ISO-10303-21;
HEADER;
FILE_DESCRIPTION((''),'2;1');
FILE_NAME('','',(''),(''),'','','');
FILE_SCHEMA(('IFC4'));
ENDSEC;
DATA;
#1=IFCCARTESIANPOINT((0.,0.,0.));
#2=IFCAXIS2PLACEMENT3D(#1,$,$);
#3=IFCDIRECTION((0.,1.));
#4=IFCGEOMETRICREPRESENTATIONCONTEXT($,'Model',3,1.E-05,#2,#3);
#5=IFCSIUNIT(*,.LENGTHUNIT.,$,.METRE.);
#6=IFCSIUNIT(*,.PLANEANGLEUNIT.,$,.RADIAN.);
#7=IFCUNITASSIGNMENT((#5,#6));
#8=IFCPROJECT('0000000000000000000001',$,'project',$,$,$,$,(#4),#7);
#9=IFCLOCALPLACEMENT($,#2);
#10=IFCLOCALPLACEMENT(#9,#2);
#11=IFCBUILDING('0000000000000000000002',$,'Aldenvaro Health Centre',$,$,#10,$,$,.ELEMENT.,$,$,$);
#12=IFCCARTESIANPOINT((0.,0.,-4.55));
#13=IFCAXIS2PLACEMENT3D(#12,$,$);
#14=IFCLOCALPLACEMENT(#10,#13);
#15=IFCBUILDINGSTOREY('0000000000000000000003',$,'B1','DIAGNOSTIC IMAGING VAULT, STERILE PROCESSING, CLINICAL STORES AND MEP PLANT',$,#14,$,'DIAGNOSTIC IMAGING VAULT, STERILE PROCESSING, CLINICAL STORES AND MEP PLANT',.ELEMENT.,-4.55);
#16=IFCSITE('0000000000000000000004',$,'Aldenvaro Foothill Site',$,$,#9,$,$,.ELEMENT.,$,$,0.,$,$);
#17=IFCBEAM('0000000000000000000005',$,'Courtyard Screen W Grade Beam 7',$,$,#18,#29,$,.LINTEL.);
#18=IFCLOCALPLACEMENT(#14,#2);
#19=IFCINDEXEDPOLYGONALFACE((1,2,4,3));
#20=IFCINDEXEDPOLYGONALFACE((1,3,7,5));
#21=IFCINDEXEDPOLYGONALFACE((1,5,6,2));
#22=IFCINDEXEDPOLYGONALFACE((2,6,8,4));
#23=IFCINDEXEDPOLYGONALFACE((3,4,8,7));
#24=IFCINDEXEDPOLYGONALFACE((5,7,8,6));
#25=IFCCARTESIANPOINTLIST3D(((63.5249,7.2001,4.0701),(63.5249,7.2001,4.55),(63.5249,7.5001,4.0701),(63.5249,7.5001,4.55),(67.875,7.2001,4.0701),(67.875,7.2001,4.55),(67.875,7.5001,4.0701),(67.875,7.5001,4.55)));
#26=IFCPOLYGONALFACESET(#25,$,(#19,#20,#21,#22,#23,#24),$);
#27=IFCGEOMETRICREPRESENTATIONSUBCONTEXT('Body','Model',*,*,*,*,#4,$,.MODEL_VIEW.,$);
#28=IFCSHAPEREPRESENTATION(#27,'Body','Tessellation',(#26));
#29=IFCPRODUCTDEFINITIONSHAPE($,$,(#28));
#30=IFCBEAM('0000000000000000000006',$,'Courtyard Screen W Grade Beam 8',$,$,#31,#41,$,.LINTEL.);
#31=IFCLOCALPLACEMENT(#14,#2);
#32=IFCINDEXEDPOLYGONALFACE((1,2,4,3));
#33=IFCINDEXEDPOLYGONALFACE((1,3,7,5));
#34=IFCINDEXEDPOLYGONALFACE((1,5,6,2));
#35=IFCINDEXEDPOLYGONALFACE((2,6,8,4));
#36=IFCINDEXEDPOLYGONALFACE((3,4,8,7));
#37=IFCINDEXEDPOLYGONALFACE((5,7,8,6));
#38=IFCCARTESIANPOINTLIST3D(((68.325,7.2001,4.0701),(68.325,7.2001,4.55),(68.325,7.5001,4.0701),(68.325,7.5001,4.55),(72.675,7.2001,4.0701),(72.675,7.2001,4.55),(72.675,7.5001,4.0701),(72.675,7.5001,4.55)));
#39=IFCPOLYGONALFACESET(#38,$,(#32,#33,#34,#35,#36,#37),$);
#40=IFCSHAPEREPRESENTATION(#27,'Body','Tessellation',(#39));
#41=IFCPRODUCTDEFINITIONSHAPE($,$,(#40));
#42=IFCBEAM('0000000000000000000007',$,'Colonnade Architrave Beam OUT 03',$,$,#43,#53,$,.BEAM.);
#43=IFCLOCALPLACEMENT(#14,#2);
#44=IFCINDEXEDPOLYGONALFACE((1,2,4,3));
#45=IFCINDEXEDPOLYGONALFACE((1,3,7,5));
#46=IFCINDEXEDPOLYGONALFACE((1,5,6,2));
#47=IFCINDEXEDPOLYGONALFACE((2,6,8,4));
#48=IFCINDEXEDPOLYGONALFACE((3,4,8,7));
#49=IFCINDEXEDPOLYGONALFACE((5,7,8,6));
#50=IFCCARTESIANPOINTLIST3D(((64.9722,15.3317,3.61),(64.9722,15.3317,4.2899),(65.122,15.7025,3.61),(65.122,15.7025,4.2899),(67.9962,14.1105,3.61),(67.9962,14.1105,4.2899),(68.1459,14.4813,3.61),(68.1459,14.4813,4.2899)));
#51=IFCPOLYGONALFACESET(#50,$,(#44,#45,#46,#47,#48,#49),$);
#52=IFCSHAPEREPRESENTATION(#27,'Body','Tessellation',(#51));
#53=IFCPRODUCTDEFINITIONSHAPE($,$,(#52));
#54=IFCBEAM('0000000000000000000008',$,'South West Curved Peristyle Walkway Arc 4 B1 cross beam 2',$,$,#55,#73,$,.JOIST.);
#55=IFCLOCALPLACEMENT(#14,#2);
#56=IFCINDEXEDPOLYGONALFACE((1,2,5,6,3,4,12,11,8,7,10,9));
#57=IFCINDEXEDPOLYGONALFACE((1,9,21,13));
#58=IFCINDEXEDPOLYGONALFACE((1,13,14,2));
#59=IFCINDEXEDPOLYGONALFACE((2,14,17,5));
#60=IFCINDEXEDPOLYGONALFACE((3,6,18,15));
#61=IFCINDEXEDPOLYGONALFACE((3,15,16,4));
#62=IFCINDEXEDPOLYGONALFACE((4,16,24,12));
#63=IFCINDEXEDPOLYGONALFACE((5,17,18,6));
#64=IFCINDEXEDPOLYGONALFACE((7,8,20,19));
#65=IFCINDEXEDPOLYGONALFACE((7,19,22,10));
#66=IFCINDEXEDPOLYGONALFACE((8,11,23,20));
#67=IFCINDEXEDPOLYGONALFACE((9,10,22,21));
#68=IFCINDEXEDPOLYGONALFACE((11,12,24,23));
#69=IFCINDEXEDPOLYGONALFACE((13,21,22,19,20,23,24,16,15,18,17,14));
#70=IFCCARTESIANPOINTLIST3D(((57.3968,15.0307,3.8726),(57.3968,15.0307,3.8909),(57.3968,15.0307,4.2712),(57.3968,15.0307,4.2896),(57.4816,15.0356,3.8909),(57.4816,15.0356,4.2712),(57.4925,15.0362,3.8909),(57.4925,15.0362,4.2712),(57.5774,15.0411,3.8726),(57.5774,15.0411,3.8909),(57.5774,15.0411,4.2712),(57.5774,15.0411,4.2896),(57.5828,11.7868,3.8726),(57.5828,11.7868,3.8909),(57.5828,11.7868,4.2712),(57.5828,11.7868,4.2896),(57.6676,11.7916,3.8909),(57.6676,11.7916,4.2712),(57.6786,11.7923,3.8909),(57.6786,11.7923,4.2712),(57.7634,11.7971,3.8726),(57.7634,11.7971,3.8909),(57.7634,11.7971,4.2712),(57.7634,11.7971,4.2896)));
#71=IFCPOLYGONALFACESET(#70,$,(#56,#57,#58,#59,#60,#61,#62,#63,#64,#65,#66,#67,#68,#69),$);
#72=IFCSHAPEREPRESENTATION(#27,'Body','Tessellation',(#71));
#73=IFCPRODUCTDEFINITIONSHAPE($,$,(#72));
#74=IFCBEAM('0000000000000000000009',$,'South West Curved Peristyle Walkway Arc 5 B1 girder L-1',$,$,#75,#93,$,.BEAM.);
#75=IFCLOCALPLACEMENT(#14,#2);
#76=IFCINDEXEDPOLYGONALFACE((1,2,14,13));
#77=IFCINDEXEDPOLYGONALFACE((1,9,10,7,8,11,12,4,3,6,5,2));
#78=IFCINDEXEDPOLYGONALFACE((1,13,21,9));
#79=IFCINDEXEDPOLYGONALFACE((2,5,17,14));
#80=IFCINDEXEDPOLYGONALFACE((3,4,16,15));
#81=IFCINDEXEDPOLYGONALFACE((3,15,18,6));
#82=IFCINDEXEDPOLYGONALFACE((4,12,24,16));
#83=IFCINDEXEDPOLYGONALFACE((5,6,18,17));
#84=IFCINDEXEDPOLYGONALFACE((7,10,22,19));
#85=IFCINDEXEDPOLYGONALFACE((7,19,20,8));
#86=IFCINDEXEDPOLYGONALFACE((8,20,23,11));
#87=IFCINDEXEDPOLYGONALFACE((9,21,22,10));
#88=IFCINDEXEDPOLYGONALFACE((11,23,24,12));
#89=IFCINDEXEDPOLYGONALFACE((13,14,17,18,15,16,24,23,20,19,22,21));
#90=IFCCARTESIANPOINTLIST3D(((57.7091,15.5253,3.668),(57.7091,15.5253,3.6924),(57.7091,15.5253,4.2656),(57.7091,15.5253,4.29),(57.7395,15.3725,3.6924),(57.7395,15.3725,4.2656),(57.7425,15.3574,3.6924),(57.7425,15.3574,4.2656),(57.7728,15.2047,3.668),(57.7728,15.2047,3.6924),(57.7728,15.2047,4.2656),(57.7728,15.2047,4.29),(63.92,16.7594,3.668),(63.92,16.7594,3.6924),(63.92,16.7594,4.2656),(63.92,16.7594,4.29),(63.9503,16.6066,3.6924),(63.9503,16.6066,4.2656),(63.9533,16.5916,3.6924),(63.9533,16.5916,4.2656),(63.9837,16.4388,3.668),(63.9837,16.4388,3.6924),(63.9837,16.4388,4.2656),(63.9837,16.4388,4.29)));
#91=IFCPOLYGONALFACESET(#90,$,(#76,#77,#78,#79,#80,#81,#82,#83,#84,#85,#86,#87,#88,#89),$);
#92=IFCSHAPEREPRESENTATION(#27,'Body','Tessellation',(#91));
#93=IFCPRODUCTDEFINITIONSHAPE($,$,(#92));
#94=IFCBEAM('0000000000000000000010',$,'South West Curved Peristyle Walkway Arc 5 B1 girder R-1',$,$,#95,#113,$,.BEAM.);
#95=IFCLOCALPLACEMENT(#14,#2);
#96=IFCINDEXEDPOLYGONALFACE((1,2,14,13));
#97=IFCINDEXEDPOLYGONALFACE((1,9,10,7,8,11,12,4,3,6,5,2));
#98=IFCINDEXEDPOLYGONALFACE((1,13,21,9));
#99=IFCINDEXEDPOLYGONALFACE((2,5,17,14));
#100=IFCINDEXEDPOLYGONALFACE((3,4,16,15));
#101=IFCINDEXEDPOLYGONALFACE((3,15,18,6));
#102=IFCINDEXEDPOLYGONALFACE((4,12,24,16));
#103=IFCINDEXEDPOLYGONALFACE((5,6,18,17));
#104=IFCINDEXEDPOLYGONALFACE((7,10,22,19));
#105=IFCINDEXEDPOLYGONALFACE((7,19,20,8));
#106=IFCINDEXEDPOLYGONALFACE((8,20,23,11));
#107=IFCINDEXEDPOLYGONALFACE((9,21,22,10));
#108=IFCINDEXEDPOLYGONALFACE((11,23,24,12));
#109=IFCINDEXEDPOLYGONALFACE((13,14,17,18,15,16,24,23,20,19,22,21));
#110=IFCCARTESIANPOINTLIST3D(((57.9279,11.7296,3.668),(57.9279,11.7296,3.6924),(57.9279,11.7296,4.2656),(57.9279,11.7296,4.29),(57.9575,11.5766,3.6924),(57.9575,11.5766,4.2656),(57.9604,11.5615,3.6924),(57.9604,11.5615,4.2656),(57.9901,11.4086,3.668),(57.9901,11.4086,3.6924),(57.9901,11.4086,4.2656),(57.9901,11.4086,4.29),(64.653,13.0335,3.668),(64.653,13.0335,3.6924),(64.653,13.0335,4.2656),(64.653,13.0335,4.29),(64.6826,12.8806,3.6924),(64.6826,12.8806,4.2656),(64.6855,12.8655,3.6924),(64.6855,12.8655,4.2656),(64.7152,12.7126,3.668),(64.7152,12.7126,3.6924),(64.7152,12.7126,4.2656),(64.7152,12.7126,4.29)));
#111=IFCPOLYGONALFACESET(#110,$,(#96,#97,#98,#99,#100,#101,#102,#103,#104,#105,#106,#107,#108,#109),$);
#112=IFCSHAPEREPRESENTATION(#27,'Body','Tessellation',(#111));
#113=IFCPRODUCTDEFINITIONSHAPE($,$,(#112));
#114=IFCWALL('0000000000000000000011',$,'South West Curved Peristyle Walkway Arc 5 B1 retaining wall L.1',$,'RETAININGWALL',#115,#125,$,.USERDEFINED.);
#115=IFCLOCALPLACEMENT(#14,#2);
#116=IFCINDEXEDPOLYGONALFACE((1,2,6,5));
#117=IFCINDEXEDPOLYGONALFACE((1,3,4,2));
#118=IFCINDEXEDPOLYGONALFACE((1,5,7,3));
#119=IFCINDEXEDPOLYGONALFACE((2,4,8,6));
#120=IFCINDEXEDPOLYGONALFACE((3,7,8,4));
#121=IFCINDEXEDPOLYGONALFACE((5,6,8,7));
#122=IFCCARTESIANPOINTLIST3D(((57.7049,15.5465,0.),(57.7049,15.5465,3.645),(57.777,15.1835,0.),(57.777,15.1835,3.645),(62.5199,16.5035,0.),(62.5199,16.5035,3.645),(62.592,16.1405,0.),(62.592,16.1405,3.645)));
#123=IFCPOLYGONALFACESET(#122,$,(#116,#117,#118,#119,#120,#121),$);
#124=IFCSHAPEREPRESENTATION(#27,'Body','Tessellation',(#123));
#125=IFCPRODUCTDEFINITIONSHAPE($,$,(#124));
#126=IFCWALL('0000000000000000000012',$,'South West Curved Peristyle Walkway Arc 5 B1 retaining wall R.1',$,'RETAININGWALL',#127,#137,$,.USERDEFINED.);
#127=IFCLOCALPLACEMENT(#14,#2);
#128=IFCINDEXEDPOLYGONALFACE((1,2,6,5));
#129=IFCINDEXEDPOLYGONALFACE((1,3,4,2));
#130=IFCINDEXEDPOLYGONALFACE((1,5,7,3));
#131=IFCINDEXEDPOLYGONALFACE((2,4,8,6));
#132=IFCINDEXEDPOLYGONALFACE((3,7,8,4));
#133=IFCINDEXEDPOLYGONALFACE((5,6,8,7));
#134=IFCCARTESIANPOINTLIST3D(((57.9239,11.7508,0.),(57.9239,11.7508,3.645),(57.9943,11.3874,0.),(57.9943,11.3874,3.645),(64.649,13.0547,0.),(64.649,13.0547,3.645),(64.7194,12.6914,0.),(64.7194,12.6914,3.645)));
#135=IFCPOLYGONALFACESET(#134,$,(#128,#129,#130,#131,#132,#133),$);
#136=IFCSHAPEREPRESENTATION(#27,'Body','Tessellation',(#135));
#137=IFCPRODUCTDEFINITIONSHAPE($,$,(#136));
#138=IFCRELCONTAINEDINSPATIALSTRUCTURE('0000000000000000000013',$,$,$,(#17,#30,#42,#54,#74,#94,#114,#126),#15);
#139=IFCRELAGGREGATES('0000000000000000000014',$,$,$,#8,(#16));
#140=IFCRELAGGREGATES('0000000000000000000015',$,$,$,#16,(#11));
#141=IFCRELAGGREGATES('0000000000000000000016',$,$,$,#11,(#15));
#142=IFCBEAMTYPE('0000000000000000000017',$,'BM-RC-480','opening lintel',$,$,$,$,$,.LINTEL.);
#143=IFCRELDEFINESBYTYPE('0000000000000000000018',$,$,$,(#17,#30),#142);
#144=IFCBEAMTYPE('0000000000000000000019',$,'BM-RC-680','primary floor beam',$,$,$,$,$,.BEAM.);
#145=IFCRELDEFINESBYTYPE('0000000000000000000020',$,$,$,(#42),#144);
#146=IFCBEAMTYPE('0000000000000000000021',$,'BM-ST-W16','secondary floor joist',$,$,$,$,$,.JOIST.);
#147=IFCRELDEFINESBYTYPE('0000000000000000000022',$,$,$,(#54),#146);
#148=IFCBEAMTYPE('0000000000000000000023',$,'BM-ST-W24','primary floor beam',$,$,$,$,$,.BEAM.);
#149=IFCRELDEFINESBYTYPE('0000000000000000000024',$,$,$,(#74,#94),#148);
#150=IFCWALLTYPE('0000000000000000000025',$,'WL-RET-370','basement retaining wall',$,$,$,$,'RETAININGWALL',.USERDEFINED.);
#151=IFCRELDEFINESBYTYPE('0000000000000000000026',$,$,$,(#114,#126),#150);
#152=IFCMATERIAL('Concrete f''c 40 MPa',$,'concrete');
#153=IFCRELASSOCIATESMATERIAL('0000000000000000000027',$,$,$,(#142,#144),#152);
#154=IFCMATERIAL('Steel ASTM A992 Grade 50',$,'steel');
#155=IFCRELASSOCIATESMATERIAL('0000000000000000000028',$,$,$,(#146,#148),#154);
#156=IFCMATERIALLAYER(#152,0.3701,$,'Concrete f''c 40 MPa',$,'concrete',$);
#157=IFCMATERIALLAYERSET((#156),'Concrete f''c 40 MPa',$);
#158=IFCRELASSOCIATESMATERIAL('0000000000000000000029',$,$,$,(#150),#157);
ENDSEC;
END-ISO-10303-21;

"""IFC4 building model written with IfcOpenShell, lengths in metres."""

from ifc_helpers import new_model, si_unit, direction, frame, frame_2d, origin, origin_2d, place, context, subcontext, project, spatial, rectangle, i_section, extrude, material, layer, layer_set, material_profile, profile_set, type_object, element, save


model = new_model("IFC4")

# Units and contexts
model_context = context("Model", 3, precision=1e-05, world=origin(), true_north=direction((0.0, 1.0)))
body_context = subcontext(model_context, "Body", "Model", "MODEL_VIEW")
ifc_project = project(units=[si_unit("LENGTHUNIT", "METRE"), si_unit("PLANEANGLEUNIT", "RADIAN")], contexts=[model_context])

# Site, building, storey
site_placement = place(None, origin())
site = spatial("IfcSite", under=ifc_project, at=site_placement, Name="Aldenvaro Foothill Site", CompositionType="ELEMENT", RefElevation=0.0)
building_placement = place(site_placement, origin())
building = spatial("IfcBuilding", under=site, at=building_placement, Name="Aldenvaro Health Centre", CompositionType="ELEMENT")
storey_placement = place(building_placement, frame((0.0, 0.0, -4.55)))
storey = spatial("IfcBuildingStorey", under=building, at=storey_placement, Name="B1", Description="DIAGNOSTIC IMAGING VAULT, STERILE PROCESSING, CLINICAL STORES AND MEP PLANT", LongName="DIAGNOSTIC IMAGING VAULT, STERILE PROCESSING, CLINICAL STORES AND MEP PLANT", CompositionType="ELEMENT", Elevation=-4.55)

# Shared definitions
ifc_material_1 = material(Name="Concrete f'c 40 MPa", Category="concrete")

# Beams
ifc_material_profile_1 = material_profile(ifc_material_1, rectangle(XDim=0.3, YDim=0.48, at=origin_2d()), Name="RC 300x480", Category="concrete")
ifc_profile_set_1 = profile_set([ifc_material_profile_1], Name="Concrete f'c 40 MPa")
beam_type_1 = type_object("IfcBeamType", Name="BM-RC-480", Description="opening lintel", PredefinedType="LINTEL", material=ifc_profile_set_1)
for number, where, z_axis, x_axis, name in (
    (1, (63.5249, 7.3501, 4.3101), (1.0, 0.0, 0.0), (0.0, 1.0, 0.0), "Courtyard Screen W Grade Beam 7"),
    (2, (68.325, 7.3501, 4.3101), (1.0, 0.0, 0.0), (0.0, 1.0, 0.0), "Courtyard Screen W Grade Beam 8"),
):
    element("IfcBeam", number, at=place(storey_placement, frame(where, z_axis=z_axis, x_axis=x_axis)), inside=storey, type_object=beam_type_1, Name=name, PredefinedType="LINTEL", context=body_context, shape_type="SweptSolid", body=[
        extrude(rectangle(XDim=0.3, YDim=0.48, at=origin_2d()), origin(), (0.0, 0.0, 1.0), 4.3501),
    ])
ifc_material_profile_2 = material_profile(ifc_material_1, rectangle(XDim=0.3999, YDim=0.6799, at=origin_2d()), Name="RC 400x680", Category="concrete")
ifc_profile_set_2 = profile_set([ifc_material_profile_2], Name="Concrete f'c 40 MPa")
beam_type_2 = type_object("IfcBeamType", Name="BM-RC-680", Description="primary floor beam", PredefinedType="BEAM", material=ifc_profile_set_2)
beam_1_placement = place(storey_placement, frame((65.0471, 15.5171, 3.95), z_axis=(0.927243, -0.374461, 0.0), x_axis=(0.374461, 0.927243, 0.0)))
element("IfcBeam", 3, at=beam_1_placement, inside=storey, type_object=beam_type_2, Name="Colonnade Architrave Beam OUT 03", PredefinedType="BEAM", context=body_context, shape_type="SweptSolid", body=[
    extrude(rectangle(XDim=0.3999, YDim=0.6799, at=origin_2d()), origin(), (0.0, 0.0, 1.0), 3.2612),
])
ifc_material_2 = material(Name="Steel ASTM A992 Grade 50", Category="steel")
ifc_material_profile_3 = material_profile(ifc_material_2, i_section(OverallWidth=0.1809, OverallDepth=0.417, WebThickness=0.011, FlangeThickness=0.0183, at=origin_2d()), Name="W16X57", Category="steel")
ifc_profile_set_3 = profile_set([ifc_material_profile_3], Name="Steel ASTM A992 Grade 50")
beam_type_3 = type_object("IfcBeamType", Name="BM-ST-W16", Description="secondary floor joist", PredefinedType="JOIST", material=ifc_profile_set_3)
beam_2_placement = place(storey_placement, frame((57.4871, 15.0359, 4.0811), z_axis=(0.057255, -0.99836, 0.0), x_axis=(0.99836, 0.057255, 0.0)))
element("IfcBeam", 4, at=beam_2_placement, inside=storey, type_object=beam_type_3, Name="South West Curved Peristyle Walkway Arc 4 B1 cross beam 2", PredefinedType="JOIST", context=body_context, shape_type="SweptSolid", body=[
    extrude(i_section(OverallWidth=0.1809, OverallDepth=0.417, WebThickness=0.011, FlangeThickness=0.0183, at=origin_2d()), origin(), (0.0, 0.0, 1.0), 3.2493),
])
ifc_material_profile_4 = material_profile(ifc_material_2, i_section(OverallWidth=0.3269, OverallDepth=0.6221, WebThickness=0.0154, FlangeThickness=0.0244, at=origin_2d()), Name="W24X131", Category="steel")
ifc_profile_set_4 = profile_set([ifc_material_profile_4], Name="Steel ASTM A992 Grade 50")
beam_type_4 = type_object("IfcBeamType", Name="BM-ST-W24", Description="primary floor beam", PredefinedType="BEAM", material=ifc_profile_set_4)
beam_3_placement = place(storey_placement, frame((57.741, 15.365, 3.979), z_axis=(0.980825, 0.194893, 0.0), x_axis=(-0.194893, 0.980825, 0.0)))
element("IfcBeam", 5, at=beam_3_placement, inside=storey, type_object=beam_type_4, Name="South West Curved Peristyle Walkway Arc 5 B1 girder L-1", PredefinedType="BEAM", context=body_context, shape_type="SweptSolid", body=[
    extrude(i_section(OverallWidth=0.3269, OverallDepth=0.6221, WebThickness=0.0154, FlangeThickness=0.0244, at=origin_2d()), origin(), (0.0, 0.0, 1.0), 6.3323),
])
beam_4_placement = place(storey_placement, frame((57.959, 11.5691, 3.979), z_axis=(0.981717, 0.190349, 0.0), x_axis=(-0.190349, 0.981717, 0.0)))
element("IfcBeam", 6, at=beam_4_placement, inside=storey, type_object=beam_type_4, Name="South West Curved Peristyle Walkway Arc 5 B1 girder R-1", PredefinedType="BEAM", context=body_context, shape_type="SweptSolid", body=[
    extrude(i_section(OverallWidth=0.3269, OverallDepth=0.6221, WebThickness=0.0154, FlangeThickness=0.0244, at=origin_2d()), origin(), (0.0, 0.0, 1.0), 6.8503),
])

# Walls
ifc_layer = layer(ifc_material_1, 0.3701, Name="Concrete f'c 40 MPa", Category="concrete")
ifc_layer_set = layer_set([ifc_layer], Name="Concrete f'c 40 MPa")
wall_type = type_object("IfcWallType", Name="WL-RET-370", Description="basement retaining wall", ElementType="RETAININGWALL", PredefinedType="USERDEFINED", material=ifc_layer_set)
wall_1_placement = place(storey_placement, frame((57.741, 15.365, 0.0), z_axis=(0.0, 0.0, 1.0), x_axis=(0.980813, 0.194949, 0.0)))
element("IfcWall", 7, at=wall_1_placement, inside=storey, type_object=wall_type, Name="South West Curved Peristyle Walkway Arc 5 B1 retaining wall L.1", ObjectType="RETAININGWALL", PredefinedType="USERDEFINED", context=body_context, shape_type="SweptSolid", body=[
    extrude(rectangle(XDim=4.9092, YDim=0.3701, at=frame_2d((2.4546, 0.0))), origin(), (0.0, 0.0, 1.0), 3.645),
])
wall_2_placement = place(storey_placement, frame((57.959, 11.5691, 0.0), z_axis=(0.0, 0.0, 1.0), x_axis=(0.981717, 0.190349, 0.0)))
element("IfcWall", 8, at=wall_2_placement, inside=storey, type_object=wall_type, Name="South West Curved Peristyle Walkway Arc 5 B1 retaining wall R.1", ObjectType="RETAININGWALL", PredefinedType="USERDEFINED", context=body_context, shape_type="SweptSolid", body=[
    extrude(rectangle(XDim=6.8503, YDim=0.3701, at=frame_2d((3.4253, 0.0))), origin(), (0.0, 0.0, 1.0), 3.645),
])

save(model, "model.ifc")
